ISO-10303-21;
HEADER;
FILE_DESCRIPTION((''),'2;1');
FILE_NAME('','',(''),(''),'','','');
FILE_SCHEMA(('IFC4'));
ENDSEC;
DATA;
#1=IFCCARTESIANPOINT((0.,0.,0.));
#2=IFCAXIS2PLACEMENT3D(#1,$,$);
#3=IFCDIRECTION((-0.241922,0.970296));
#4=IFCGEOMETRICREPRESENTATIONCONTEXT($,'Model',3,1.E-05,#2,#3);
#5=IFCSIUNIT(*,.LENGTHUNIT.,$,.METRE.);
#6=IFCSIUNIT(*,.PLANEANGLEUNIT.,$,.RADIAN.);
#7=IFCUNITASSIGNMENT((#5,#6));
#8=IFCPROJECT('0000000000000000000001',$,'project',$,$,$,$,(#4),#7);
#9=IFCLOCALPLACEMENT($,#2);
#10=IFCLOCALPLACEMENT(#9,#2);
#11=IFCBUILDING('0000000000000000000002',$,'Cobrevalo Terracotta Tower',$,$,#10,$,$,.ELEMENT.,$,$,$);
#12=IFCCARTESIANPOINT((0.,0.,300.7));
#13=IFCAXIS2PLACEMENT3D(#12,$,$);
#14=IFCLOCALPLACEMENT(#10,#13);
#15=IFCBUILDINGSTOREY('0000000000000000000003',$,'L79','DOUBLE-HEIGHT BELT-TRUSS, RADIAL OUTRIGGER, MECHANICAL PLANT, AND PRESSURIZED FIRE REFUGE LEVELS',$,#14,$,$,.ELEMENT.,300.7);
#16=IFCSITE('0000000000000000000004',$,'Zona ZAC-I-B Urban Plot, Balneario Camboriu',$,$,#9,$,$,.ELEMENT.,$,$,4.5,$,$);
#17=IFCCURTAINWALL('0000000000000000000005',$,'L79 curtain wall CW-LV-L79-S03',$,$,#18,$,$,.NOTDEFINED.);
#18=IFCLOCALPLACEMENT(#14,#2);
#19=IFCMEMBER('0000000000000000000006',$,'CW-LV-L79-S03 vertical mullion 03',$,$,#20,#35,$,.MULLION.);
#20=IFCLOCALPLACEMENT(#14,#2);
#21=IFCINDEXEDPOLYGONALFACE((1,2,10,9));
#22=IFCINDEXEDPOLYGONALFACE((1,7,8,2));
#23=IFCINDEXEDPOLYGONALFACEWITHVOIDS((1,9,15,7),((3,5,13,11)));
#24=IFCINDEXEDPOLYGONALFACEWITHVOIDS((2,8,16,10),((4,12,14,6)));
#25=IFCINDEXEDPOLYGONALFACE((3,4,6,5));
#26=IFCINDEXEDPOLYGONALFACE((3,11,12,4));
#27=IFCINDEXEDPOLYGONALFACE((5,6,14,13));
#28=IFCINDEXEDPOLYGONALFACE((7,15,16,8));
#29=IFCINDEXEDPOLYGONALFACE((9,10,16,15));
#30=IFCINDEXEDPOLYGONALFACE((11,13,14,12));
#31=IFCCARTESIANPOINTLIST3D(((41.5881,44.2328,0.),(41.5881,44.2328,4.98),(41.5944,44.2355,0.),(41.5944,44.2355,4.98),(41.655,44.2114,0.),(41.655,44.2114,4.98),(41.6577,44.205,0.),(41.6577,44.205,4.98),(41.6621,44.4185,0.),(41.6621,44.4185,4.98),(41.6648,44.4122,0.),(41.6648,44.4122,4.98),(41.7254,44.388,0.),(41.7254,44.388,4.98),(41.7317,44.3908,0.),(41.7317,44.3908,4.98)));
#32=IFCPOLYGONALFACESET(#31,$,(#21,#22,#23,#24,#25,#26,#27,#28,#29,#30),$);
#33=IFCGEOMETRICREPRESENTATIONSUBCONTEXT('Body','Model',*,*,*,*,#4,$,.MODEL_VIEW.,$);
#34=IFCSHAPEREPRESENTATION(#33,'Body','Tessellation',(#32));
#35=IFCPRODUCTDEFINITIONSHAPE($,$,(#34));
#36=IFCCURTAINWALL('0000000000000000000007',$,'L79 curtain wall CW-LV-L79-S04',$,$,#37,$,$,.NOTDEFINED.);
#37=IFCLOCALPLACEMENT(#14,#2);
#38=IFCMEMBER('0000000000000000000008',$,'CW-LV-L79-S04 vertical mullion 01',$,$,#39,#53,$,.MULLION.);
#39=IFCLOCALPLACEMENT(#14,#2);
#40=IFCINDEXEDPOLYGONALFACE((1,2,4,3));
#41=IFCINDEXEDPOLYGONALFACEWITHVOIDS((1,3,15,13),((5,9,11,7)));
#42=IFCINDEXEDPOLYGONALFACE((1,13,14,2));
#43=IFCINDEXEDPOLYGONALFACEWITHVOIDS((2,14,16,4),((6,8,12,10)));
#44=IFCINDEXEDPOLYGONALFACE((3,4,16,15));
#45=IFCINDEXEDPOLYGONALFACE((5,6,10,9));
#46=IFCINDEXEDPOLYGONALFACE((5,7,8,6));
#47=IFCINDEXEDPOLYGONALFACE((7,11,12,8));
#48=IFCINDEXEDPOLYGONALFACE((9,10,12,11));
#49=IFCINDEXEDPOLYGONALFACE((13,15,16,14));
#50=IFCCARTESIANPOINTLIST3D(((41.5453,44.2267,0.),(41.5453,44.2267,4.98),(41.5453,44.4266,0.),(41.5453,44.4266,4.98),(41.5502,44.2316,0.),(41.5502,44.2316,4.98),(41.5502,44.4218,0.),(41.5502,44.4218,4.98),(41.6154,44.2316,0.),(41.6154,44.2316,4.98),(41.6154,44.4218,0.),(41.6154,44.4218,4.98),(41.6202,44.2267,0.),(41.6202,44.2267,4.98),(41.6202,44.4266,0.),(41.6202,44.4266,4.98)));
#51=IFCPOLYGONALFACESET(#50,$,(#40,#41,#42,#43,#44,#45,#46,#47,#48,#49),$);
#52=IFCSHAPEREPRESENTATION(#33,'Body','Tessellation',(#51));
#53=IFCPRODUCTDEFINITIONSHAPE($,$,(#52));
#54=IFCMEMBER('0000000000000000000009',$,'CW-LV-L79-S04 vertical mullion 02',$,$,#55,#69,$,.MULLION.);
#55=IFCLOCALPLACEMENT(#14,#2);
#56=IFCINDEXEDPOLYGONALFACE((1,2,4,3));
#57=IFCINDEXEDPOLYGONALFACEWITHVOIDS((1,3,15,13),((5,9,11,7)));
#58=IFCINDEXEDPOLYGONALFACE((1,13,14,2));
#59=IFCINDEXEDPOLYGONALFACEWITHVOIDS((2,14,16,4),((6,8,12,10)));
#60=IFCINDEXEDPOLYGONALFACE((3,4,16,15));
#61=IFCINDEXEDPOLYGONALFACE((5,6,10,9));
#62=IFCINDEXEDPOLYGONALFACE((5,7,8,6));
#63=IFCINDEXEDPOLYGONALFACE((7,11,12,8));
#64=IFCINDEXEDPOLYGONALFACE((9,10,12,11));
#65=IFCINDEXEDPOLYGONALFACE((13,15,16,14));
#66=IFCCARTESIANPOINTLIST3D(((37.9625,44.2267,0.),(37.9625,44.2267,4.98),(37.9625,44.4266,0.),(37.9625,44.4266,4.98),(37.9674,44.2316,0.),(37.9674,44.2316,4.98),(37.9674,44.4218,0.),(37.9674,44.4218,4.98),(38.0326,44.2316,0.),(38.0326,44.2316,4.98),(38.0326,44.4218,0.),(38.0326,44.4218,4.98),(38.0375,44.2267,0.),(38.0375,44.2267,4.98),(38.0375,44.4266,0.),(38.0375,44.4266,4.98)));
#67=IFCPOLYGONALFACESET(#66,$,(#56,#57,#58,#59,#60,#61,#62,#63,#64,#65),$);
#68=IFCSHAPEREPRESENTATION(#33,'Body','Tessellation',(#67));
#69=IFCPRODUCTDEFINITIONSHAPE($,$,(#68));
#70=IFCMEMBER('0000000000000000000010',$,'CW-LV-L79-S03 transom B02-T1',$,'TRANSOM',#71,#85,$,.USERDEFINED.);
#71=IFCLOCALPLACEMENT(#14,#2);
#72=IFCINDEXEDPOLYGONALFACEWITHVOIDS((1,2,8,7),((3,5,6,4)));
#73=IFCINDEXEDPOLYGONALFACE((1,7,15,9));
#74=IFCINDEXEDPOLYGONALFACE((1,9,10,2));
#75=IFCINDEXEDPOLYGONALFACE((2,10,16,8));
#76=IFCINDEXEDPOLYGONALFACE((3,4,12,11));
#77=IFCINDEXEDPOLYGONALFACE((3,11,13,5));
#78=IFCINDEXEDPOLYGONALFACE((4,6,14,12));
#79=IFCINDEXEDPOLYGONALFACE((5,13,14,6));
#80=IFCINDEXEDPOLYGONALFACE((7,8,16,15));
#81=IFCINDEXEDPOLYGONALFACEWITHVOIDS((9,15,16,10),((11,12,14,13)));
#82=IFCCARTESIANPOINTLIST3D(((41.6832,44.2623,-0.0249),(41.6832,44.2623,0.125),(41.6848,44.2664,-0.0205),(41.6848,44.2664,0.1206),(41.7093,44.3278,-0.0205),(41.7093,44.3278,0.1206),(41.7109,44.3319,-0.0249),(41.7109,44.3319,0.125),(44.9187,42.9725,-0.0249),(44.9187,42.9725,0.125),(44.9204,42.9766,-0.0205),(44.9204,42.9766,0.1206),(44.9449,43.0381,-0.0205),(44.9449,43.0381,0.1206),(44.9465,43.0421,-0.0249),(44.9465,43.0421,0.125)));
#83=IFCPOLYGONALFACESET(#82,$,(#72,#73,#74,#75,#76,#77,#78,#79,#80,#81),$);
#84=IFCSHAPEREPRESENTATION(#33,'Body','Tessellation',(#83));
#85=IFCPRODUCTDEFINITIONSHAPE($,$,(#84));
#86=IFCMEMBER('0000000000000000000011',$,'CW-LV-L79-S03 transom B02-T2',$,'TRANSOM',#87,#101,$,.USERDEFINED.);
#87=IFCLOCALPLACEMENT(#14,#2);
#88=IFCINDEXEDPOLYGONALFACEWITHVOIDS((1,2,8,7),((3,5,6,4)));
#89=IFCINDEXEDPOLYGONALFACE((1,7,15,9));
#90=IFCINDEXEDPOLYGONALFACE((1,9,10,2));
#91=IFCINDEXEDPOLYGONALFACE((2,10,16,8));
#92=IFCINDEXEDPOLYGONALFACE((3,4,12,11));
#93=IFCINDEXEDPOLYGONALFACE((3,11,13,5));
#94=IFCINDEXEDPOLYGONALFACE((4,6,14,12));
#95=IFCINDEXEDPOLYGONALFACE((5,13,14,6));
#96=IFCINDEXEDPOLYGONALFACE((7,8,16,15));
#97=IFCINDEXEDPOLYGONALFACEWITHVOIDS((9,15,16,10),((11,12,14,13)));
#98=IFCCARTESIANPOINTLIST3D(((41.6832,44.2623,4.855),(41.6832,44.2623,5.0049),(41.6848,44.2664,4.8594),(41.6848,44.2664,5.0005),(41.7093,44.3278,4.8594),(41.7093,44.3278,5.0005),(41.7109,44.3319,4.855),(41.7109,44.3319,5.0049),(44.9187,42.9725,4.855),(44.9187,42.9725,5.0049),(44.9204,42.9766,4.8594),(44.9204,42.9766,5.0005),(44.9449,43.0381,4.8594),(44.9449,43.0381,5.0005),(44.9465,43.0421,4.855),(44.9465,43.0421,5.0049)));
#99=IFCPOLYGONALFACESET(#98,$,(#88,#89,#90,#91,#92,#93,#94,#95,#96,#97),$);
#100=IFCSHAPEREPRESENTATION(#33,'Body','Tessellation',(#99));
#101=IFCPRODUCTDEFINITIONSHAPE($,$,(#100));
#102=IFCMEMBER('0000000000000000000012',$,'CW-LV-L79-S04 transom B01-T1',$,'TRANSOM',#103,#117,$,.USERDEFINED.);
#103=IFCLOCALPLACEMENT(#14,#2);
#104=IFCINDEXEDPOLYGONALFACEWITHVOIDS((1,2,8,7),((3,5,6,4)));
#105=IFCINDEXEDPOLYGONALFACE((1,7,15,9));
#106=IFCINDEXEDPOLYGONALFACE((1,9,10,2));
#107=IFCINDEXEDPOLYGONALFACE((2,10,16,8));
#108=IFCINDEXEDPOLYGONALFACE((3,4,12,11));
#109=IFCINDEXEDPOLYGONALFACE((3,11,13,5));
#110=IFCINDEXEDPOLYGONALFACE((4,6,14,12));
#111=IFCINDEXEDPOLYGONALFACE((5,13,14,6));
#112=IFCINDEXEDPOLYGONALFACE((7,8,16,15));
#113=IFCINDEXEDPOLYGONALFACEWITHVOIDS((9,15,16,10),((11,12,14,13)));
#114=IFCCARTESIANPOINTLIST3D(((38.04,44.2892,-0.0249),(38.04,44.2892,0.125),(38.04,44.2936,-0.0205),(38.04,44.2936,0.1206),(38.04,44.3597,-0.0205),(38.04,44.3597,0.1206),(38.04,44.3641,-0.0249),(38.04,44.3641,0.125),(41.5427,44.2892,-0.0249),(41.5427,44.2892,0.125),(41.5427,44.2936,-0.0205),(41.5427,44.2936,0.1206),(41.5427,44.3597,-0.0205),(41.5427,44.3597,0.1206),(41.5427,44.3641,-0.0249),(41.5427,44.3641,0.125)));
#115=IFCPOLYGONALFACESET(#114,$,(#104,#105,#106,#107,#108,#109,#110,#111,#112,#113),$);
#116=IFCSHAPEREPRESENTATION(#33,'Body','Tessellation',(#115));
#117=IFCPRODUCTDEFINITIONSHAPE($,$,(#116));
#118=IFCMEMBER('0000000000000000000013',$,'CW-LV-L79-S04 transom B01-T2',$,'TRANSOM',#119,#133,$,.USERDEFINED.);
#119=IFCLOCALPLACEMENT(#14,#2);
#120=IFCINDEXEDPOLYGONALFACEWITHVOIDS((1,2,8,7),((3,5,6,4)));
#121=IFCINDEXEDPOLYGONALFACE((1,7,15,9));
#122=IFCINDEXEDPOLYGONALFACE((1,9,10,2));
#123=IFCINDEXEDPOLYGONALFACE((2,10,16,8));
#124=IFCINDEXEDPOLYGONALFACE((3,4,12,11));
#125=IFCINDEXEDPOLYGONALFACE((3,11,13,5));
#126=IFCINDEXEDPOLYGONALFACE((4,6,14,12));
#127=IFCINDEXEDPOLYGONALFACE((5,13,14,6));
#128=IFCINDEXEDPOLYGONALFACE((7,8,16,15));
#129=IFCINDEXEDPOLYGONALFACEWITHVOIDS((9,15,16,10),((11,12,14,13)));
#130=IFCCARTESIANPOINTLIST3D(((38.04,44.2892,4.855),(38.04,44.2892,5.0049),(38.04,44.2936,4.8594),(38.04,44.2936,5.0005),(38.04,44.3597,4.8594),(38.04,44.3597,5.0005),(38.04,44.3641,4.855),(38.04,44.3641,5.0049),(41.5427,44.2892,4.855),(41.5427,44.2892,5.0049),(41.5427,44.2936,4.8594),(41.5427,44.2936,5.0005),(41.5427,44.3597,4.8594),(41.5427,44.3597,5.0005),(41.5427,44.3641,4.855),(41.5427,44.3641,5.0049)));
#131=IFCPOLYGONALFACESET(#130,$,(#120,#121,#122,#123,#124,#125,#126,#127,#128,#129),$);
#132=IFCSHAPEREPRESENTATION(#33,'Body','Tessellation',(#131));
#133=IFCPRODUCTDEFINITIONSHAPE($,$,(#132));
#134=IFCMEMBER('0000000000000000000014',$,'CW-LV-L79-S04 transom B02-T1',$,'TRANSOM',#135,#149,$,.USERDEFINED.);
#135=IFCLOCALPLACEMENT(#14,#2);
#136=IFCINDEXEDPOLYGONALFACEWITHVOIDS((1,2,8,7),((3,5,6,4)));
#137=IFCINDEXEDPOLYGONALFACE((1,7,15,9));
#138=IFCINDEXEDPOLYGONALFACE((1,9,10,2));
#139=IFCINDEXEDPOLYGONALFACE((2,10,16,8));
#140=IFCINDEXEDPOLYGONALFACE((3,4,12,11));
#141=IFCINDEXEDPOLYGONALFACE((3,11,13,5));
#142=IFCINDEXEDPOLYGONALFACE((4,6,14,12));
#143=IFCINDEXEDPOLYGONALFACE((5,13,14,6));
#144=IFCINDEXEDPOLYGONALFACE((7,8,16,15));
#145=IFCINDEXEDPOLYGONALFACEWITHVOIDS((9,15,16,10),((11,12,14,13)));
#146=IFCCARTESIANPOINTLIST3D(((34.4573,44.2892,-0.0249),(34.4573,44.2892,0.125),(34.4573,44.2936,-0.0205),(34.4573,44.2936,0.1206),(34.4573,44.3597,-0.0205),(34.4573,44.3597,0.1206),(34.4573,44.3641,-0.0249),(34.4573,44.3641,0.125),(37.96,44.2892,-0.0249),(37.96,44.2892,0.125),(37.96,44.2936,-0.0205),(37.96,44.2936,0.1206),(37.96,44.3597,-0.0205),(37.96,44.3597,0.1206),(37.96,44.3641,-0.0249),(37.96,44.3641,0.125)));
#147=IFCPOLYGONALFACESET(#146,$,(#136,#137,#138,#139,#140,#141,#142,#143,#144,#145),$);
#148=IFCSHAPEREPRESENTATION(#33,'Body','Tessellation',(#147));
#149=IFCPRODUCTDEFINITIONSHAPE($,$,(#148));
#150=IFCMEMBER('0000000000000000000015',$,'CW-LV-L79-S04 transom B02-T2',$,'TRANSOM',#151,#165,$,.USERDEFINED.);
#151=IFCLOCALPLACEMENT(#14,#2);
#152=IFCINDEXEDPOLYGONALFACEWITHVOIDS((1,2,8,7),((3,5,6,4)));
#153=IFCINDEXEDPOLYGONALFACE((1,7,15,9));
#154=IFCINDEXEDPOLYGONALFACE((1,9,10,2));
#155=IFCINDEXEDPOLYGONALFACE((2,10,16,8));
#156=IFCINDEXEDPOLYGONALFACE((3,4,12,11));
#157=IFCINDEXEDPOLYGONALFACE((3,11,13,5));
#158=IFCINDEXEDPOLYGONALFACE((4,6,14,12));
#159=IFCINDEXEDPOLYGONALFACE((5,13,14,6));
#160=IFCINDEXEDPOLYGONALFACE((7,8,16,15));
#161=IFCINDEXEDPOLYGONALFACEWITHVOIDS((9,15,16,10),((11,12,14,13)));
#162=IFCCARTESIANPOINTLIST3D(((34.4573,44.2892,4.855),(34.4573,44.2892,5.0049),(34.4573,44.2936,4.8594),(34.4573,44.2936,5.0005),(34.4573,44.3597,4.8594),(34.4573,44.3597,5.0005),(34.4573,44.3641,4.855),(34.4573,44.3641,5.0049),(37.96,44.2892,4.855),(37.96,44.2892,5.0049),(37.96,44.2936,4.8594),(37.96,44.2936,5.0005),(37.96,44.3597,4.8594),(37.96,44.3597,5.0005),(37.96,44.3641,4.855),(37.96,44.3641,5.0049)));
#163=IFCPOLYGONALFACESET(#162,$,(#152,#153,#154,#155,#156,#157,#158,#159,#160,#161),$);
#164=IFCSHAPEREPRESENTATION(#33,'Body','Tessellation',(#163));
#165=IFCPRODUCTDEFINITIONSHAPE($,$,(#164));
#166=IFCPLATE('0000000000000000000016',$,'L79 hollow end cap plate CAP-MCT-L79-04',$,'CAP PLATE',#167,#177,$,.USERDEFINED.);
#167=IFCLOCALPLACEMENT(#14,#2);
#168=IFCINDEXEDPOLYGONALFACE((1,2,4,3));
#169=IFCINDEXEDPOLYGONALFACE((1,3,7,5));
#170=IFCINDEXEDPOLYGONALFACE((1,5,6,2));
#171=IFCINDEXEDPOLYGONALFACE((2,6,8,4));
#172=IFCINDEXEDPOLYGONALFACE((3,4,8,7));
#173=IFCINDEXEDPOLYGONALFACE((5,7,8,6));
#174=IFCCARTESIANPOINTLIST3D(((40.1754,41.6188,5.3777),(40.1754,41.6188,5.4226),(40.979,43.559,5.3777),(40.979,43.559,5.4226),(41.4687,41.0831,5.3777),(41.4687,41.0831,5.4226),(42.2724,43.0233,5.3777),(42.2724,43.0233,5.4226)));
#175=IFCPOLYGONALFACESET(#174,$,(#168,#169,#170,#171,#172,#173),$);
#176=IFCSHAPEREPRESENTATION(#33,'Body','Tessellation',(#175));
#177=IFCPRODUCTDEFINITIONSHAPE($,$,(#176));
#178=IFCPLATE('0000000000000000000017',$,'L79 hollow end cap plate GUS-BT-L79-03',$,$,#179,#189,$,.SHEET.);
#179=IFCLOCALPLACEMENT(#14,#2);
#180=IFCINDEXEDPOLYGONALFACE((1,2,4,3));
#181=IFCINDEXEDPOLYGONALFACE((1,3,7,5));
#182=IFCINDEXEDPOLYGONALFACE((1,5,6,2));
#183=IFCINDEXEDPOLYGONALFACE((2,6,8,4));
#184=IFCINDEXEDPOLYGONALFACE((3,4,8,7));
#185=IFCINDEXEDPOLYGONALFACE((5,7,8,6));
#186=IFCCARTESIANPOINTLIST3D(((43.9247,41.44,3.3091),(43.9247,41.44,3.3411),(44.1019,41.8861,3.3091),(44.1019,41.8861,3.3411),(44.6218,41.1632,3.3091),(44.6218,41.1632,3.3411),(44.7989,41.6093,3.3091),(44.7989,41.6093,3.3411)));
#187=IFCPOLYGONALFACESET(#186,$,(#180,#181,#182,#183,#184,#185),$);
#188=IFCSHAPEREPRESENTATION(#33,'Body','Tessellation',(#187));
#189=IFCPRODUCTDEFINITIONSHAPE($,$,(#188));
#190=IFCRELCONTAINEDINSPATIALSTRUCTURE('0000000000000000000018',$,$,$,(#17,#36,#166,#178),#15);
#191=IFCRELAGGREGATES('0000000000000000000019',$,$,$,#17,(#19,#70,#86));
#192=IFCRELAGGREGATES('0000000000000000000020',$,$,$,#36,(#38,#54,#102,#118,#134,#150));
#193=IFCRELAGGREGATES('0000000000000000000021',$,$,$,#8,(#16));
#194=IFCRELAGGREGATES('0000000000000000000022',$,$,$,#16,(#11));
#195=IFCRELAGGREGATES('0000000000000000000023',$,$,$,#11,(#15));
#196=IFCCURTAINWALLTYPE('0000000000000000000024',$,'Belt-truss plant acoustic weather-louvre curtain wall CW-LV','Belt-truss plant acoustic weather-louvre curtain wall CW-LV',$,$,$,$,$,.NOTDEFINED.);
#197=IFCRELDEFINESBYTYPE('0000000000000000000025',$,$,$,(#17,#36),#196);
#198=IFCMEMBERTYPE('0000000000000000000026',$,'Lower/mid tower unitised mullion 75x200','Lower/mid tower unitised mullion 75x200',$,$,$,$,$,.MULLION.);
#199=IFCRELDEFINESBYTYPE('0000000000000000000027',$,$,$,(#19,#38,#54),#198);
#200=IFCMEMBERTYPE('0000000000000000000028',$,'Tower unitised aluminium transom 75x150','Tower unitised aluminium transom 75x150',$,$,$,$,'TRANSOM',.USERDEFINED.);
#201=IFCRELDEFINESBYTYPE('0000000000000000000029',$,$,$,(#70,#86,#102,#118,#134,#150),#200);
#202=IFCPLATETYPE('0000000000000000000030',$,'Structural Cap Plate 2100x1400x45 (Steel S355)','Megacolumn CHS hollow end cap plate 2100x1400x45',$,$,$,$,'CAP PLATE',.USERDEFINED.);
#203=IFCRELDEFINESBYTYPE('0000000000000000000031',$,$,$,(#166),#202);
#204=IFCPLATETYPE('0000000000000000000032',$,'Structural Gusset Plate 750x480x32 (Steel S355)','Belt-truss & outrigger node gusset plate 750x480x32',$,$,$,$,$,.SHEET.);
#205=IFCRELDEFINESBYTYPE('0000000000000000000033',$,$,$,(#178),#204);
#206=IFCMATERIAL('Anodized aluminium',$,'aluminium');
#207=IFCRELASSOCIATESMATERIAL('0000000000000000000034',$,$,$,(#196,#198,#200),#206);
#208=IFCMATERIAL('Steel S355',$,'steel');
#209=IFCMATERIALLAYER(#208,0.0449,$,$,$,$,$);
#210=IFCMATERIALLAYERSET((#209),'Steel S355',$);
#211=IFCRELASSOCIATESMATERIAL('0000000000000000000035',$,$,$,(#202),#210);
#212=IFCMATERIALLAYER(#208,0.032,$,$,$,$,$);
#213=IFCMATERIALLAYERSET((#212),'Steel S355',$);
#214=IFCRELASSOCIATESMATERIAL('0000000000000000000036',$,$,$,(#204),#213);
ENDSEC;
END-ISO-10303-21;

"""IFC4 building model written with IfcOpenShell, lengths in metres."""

from ifc_helpers import new_model, si_unit, direction, frame, origin, origin_2d, place, context, subcontext, project, spatial, rectangle, hollow_rectangle, extrude, source, transform, mapped, material, layer, layer_set, material_profile, profile_set, type_object, element, aggregate, save


model = new_model("IFC4")

# Units and contexts
model_context = context("Model", 3, precision=1e-05, world=origin(), true_north=direction((-0.241922, 0.970296)))
body_context = subcontext(model_context, "Body", "Model", "MODEL_VIEW")
ifc_project = project(units=[si_unit("LENGTHUNIT", "METRE"), si_unit("PLANEANGLEUNIT", "RADIAN")], contexts=[model_context])

# Site, building, storey
site_placement = place(None, origin())
site = spatial("IfcSite", under=ifc_project, at=site_placement, Name="Zona ZAC-I-B Urban Plot, Balneario Camboriu", CompositionType="ELEMENT", RefElevation=4.5)
building_placement = place(site_placement, origin())
building = spatial("IfcBuilding", under=site, at=building_placement, Name="Cobrevalo Terracotta Tower", CompositionType="ELEMENT")
storey_placement = place(building_placement, frame((0.0, 0.0, 300.7)))
storey = spatial("IfcBuildingStorey", under=building, at=storey_placement, Name="L79", Description="DOUBLE-HEIGHT BELT-TRUSS, RADIAL OUTRIGGER, MECHANICAL PLANT, AND PRESSURIZED FIRE REFUGE LEVELS", CompositionType="ELEMENT", Elevation=300.7)

# Shared definitions
ifc_material_1 = material(Name="Steel S355", Category="steel")

# Curtain wall, member
ifc_material_2 = material(Name="Anodized aluminium", Category="aluminium")
curtain_wall_type = type_object("IfcCurtainWallType", Name="Belt-truss plant acoustic weather-louvre curtain wall CW-LV", Description="Belt-truss plant acoustic weather-louvre curtain wall CW-LV", PredefinedType="NOTDEFINED", material=ifc_material_2)
curtain_wall_1_placement = place(storey_placement, origin())
curtain_wall_1 = element("IfcCurtainWall", 1, at=curtain_wall_1_placement, inside=storey, type_object=curtain_wall_type, Name="L79 curtain wall CW-LV-L79-S03", PredefinedType="NOTDEFINED")
ifc_material_profile_1 = material_profile(ifc_material_2, hollow_rectangle(XDim=0.075, YDim=0.2, WallThickness=0.0049, at=origin_2d()), Name="CWM 75x200")
ifc_profile_set_1 = profile_set([ifc_material_profile_1], Name="Anodized aluminium")
member_type_1 = type_object("IfcMemberType", Name="Lower/mid tower unitised mullion 75x200", Description="Lower/mid tower unitised mullion 75x200", PredefinedType="MULLION", material=ifc_profile_set_1)
shared_shape_1 = source(origin(), body_context, "Body", "SweptSolid", [
    extrude(hollow_rectangle(XDim=0.075, YDim=0.2, WallThickness=0.0049, at=origin_2d()), origin(), (0.0, 0.0, 1.0), 4.98),
])
member_1_placement = place(storey_placement, frame((41.6599, 44.3118, 0.0), z_axis=(0.0, 0.0, 1.0), x_axis=(-0.928926, 0.370266, 0.0)))
member_1 = element("IfcMember", 2, at=member_1_placement, type_object=member_type_1, Name="CW-LV-L79-S03 vertical mullion 03", PredefinedType="MULLION", context=body_context, shape_type="MappedRepresentation", body=[
    mapped(shared_shape_1, transform((0.0, 0.0, 0.0), scale=1.0)),
])

# Curtain wall, members
curtain_wall_2_placement = place(storey_placement, origin())
curtain_wall_2 = element("IfcCurtainWall", 3, at=curtain_wall_2_placement, inside=storey, type_object=curtain_wall_type, Name="L79 curtain wall CW-LV-L79-S04", PredefinedType="NOTDEFINED")
member_2_placement = place(storey_placement, frame((41.5828, 44.3267, 0.0), z_axis=(0.0, 0.0, 1.0), x_axis=(-1.0, 0.0, 0.0)))
member_2 = element("IfcMember", 4, at=member_2_placement, type_object=member_type_1, Name="CW-LV-L79-S04 vertical mullion 01", PredefinedType="MULLION", context=body_context, shape_type="MappedRepresentation", body=[
    mapped(shared_shape_1, transform((0.0, 0.0, 0.0), scale=1.0)),
])
member_3_placement = place(storey_placement, frame((38.0, 44.3267, 0.0), z_axis=(0.0, 0.0, 1.0), x_axis=(-1.0, 0.0, 0.0)))
member_3 = element("IfcMember", 5, at=member_3_placement, type_object=member_type_1, Name="CW-LV-L79-S04 vertical mullion 02", PredefinedType="MULLION", context=body_context, shape_type="MappedRepresentation", body=[
    mapped(shared_shape_1, transform((0.0, 0.0, 0.0), scale=1.0)),
])

# Members
ifc_material_profile_2 = material_profile(ifc_material_2, hollow_rectangle(XDim=0.075, YDim=0.1499, WallThickness=0.0044, at=origin_2d()), Name="CWT 75x150")
ifc_profile_set_2 = profile_set([ifc_material_profile_2], Name="Anodized aluminium")
member_type_2 = type_object("IfcMemberType", Name="Tower unitised aluminium transom 75x150", Description="Tower unitised aluminium transom 75x150", ElementType="TRANSOM", PredefinedType="USERDEFINED", material=ifc_profile_set_2)
shared_shape_2 = source(origin(), body_context, "Body", "SweptSolid", [
    extrude(hollow_rectangle(XDim=0.075, YDim=0.1499, WallThickness=0.0044, at=origin_2d()), origin(), (0.0, 0.0, 1.0), 3.4832),
])
member_4_placement = place(storey_placement, frame((44.9326, 43.0073, 0.05), z_axis=(-0.928916, 0.370291, 0.0), x_axis=(-0.370291, -0.928916, 0.0)))
member_4 = element("IfcMember", 6, at=member_4_placement, type_object=member_type_2, Name="CW-LV-L79-S03 transom B02-T1", ObjectType="TRANSOM", PredefinedType="USERDEFINED", context=body_context, shape_type="MappedRepresentation", body=[
    mapped(shared_shape_2, transform((0.0, 0.0, 0.0), scale=1.0)),
])
member_5_placement = place(storey_placement, frame((44.9326, 43.0073, 4.9299), z_axis=(-0.928916, 0.370291, 0.0), x_axis=(-0.370291, -0.928916, 0.0)))
member_5 = element("IfcMember", 7, at=member_5_placement, type_object=member_type_2, Name="CW-LV-L79-S03 transom B02-T2", ObjectType="TRANSOM", PredefinedType="USERDEFINED", context=body_context, shape_type="MappedRepresentation", body=[
    mapped(shared_shape_2, transform((0.0, 0.0, 0.0), scale=1.0)),
])
shared_shape_3 = source(origin(), body_context, "Body", "SweptSolid", [
    extrude(hollow_rectangle(XDim=0.075, YDim=0.1499, WallThickness=0.0044, at=origin_2d()), origin(), (0.0, 0.0, 1.0), 3.5027),
])
member_6_placement = place(storey_placement, frame((41.5427, 44.3267, 0.05), z_axis=(-1.0, 0.0, 0.0), x_axis=(0.0, -1.0, 0.0)))
member_6 = element("IfcMember", 8, at=member_6_placement, type_object=member_type_2, Name="CW-LV-L79-S04 transom B01-T1", ObjectType="TRANSOM", PredefinedType="USERDEFINED", context=body_context, shape_type="MappedRepresentation", body=[
    mapped(shared_shape_3, transform((0.0, 0.0, 0.0), scale=1.0)),
])
member_7_placement = place(storey_placement, frame((41.5427, 44.3267, 4.9299), z_axis=(-1.0, 0.0, 0.0), x_axis=(0.0, -1.0, 0.0)))
member_7 = element("IfcMember", 9, at=member_7_placement, type_object=member_type_2, Name="CW-LV-L79-S04 transom B01-T2", ObjectType="TRANSOM", PredefinedType="USERDEFINED", context=body_context, shape_type="MappedRepresentation", body=[
    mapped(shared_shape_3, transform((0.0, 0.0, 0.0), scale=1.0)),
])
member_8_placement = place(storey_placement, frame((37.96, 44.3267, 0.05), z_axis=(-1.0, 0.0, 0.0), x_axis=(0.0, -1.0, 0.0)))
member_8 = element("IfcMember", 10, at=member_8_placement, type_object=member_type_2, Name="CW-LV-L79-S04 transom B02-T1", ObjectType="TRANSOM", PredefinedType="USERDEFINED", context=body_context, shape_type="MappedRepresentation", body=[
    mapped(shared_shape_3, transform((0.0, 0.0, 0.0), scale=1.0)),
])
member_9_placement = place(storey_placement, frame((37.96, 44.3267, 4.9299), z_axis=(-1.0, 0.0, 0.0), x_axis=(0.0, -1.0, 0.0)))
member_9 = element("IfcMember", 11, at=member_9_placement, type_object=member_type_2, Name="CW-LV-L79-S04 transom B02-T2", ObjectType="TRANSOM", PredefinedType="USERDEFINED", context=body_context, shape_type="MappedRepresentation", body=[
    mapped(shared_shape_3, transform((0.0, 0.0, 0.0), scale=1.0)),
])

# Plates
ifc_layer_1 = layer(ifc_material_1, 0.0449)
ifc_layer_set_1 = layer_set([ifc_layer_1], Name="Steel S355")
plate_type_1 = type_object("IfcPlateType", Name="Structural Cap Plate 2100x1400x45 (Steel S355)", Description="Megacolumn CHS hollow end cap plate 2100x1400x45", ElementType="CAP PLATE", PredefinedType="USERDEFINED", material=ifc_layer_set_1)
shared_shape_4 = source(origin(), body_context, "Body", "SweptSolid", [
    extrude(rectangle(XDim=2.1001, YDim=1.3999, at=origin_2d()), origin(), (0.0, 0.0, 1.0), 0.0449),
])
plate_1_placement = place(storey_placement, frame((41.2239, 42.321, 5.3777), z_axis=(0.0, 0.0, 1.0), x_axis=(0.382683, 0.92388, 0.0)))
element("IfcPlate", 12, at=plate_1_placement, inside=storey, type_object=plate_type_1, Name="L79 hollow end cap plate CAP-MCT-L79-04", ObjectType="CAP PLATE", PredefinedType="USERDEFINED", context=body_context, shape_type="MappedRepresentation", body=[
    mapped(shared_shape_4, transform((0.0, 0.0, 0.0), scale=1.0)),
])
ifc_layer_2 = layer(ifc_material_1, 0.032)
ifc_layer_set_2 = layer_set([ifc_layer_2], Name="Steel S355")
plate_type_2 = type_object("IfcPlateType", Name="Structural Gusset Plate 750x480x32 (Steel S355)", Description="Belt-truss & outrigger node gusset plate 750x480x32", PredefinedType="SHEET", material=ifc_layer_set_2)
shared_shape_5 = source(origin(), body_context, "Body", "SweptSolid", [
    extrude(rectangle(XDim=0.75, YDim=0.48, at=origin_2d()), origin(), (0.0, 0.0, 1.0), 0.032),
])
for number, where, z_axis, x_axis, name in (
    (13, (44.3618, 41.5247, 3.3091), (0.0, 0.0, 1.0), (-0.929401, 0.369072, 0.0), "L79 hollow end cap plate GUS-BT-L79-03"),
):
    element("IfcPlate", number, at=place(storey_placement, frame(where, z_axis=z_axis, x_axis=x_axis)), inside=storey, type_object=plate_type_2, Name=name, PredefinedType="SHEET", context=body_context, shape_type="MappedRepresentation", body=[
        mapped(shared_shape_5, transform((0.0, 0.0, 0.0), scale=1.0)),
    ])

aggregate(curtain_wall_1, [member_1, member_4, member_5])
aggregate(curtain_wall_2, [member_2, member_3, member_6, member_7, member_8, member_9])

save(model, "model.ifc")
